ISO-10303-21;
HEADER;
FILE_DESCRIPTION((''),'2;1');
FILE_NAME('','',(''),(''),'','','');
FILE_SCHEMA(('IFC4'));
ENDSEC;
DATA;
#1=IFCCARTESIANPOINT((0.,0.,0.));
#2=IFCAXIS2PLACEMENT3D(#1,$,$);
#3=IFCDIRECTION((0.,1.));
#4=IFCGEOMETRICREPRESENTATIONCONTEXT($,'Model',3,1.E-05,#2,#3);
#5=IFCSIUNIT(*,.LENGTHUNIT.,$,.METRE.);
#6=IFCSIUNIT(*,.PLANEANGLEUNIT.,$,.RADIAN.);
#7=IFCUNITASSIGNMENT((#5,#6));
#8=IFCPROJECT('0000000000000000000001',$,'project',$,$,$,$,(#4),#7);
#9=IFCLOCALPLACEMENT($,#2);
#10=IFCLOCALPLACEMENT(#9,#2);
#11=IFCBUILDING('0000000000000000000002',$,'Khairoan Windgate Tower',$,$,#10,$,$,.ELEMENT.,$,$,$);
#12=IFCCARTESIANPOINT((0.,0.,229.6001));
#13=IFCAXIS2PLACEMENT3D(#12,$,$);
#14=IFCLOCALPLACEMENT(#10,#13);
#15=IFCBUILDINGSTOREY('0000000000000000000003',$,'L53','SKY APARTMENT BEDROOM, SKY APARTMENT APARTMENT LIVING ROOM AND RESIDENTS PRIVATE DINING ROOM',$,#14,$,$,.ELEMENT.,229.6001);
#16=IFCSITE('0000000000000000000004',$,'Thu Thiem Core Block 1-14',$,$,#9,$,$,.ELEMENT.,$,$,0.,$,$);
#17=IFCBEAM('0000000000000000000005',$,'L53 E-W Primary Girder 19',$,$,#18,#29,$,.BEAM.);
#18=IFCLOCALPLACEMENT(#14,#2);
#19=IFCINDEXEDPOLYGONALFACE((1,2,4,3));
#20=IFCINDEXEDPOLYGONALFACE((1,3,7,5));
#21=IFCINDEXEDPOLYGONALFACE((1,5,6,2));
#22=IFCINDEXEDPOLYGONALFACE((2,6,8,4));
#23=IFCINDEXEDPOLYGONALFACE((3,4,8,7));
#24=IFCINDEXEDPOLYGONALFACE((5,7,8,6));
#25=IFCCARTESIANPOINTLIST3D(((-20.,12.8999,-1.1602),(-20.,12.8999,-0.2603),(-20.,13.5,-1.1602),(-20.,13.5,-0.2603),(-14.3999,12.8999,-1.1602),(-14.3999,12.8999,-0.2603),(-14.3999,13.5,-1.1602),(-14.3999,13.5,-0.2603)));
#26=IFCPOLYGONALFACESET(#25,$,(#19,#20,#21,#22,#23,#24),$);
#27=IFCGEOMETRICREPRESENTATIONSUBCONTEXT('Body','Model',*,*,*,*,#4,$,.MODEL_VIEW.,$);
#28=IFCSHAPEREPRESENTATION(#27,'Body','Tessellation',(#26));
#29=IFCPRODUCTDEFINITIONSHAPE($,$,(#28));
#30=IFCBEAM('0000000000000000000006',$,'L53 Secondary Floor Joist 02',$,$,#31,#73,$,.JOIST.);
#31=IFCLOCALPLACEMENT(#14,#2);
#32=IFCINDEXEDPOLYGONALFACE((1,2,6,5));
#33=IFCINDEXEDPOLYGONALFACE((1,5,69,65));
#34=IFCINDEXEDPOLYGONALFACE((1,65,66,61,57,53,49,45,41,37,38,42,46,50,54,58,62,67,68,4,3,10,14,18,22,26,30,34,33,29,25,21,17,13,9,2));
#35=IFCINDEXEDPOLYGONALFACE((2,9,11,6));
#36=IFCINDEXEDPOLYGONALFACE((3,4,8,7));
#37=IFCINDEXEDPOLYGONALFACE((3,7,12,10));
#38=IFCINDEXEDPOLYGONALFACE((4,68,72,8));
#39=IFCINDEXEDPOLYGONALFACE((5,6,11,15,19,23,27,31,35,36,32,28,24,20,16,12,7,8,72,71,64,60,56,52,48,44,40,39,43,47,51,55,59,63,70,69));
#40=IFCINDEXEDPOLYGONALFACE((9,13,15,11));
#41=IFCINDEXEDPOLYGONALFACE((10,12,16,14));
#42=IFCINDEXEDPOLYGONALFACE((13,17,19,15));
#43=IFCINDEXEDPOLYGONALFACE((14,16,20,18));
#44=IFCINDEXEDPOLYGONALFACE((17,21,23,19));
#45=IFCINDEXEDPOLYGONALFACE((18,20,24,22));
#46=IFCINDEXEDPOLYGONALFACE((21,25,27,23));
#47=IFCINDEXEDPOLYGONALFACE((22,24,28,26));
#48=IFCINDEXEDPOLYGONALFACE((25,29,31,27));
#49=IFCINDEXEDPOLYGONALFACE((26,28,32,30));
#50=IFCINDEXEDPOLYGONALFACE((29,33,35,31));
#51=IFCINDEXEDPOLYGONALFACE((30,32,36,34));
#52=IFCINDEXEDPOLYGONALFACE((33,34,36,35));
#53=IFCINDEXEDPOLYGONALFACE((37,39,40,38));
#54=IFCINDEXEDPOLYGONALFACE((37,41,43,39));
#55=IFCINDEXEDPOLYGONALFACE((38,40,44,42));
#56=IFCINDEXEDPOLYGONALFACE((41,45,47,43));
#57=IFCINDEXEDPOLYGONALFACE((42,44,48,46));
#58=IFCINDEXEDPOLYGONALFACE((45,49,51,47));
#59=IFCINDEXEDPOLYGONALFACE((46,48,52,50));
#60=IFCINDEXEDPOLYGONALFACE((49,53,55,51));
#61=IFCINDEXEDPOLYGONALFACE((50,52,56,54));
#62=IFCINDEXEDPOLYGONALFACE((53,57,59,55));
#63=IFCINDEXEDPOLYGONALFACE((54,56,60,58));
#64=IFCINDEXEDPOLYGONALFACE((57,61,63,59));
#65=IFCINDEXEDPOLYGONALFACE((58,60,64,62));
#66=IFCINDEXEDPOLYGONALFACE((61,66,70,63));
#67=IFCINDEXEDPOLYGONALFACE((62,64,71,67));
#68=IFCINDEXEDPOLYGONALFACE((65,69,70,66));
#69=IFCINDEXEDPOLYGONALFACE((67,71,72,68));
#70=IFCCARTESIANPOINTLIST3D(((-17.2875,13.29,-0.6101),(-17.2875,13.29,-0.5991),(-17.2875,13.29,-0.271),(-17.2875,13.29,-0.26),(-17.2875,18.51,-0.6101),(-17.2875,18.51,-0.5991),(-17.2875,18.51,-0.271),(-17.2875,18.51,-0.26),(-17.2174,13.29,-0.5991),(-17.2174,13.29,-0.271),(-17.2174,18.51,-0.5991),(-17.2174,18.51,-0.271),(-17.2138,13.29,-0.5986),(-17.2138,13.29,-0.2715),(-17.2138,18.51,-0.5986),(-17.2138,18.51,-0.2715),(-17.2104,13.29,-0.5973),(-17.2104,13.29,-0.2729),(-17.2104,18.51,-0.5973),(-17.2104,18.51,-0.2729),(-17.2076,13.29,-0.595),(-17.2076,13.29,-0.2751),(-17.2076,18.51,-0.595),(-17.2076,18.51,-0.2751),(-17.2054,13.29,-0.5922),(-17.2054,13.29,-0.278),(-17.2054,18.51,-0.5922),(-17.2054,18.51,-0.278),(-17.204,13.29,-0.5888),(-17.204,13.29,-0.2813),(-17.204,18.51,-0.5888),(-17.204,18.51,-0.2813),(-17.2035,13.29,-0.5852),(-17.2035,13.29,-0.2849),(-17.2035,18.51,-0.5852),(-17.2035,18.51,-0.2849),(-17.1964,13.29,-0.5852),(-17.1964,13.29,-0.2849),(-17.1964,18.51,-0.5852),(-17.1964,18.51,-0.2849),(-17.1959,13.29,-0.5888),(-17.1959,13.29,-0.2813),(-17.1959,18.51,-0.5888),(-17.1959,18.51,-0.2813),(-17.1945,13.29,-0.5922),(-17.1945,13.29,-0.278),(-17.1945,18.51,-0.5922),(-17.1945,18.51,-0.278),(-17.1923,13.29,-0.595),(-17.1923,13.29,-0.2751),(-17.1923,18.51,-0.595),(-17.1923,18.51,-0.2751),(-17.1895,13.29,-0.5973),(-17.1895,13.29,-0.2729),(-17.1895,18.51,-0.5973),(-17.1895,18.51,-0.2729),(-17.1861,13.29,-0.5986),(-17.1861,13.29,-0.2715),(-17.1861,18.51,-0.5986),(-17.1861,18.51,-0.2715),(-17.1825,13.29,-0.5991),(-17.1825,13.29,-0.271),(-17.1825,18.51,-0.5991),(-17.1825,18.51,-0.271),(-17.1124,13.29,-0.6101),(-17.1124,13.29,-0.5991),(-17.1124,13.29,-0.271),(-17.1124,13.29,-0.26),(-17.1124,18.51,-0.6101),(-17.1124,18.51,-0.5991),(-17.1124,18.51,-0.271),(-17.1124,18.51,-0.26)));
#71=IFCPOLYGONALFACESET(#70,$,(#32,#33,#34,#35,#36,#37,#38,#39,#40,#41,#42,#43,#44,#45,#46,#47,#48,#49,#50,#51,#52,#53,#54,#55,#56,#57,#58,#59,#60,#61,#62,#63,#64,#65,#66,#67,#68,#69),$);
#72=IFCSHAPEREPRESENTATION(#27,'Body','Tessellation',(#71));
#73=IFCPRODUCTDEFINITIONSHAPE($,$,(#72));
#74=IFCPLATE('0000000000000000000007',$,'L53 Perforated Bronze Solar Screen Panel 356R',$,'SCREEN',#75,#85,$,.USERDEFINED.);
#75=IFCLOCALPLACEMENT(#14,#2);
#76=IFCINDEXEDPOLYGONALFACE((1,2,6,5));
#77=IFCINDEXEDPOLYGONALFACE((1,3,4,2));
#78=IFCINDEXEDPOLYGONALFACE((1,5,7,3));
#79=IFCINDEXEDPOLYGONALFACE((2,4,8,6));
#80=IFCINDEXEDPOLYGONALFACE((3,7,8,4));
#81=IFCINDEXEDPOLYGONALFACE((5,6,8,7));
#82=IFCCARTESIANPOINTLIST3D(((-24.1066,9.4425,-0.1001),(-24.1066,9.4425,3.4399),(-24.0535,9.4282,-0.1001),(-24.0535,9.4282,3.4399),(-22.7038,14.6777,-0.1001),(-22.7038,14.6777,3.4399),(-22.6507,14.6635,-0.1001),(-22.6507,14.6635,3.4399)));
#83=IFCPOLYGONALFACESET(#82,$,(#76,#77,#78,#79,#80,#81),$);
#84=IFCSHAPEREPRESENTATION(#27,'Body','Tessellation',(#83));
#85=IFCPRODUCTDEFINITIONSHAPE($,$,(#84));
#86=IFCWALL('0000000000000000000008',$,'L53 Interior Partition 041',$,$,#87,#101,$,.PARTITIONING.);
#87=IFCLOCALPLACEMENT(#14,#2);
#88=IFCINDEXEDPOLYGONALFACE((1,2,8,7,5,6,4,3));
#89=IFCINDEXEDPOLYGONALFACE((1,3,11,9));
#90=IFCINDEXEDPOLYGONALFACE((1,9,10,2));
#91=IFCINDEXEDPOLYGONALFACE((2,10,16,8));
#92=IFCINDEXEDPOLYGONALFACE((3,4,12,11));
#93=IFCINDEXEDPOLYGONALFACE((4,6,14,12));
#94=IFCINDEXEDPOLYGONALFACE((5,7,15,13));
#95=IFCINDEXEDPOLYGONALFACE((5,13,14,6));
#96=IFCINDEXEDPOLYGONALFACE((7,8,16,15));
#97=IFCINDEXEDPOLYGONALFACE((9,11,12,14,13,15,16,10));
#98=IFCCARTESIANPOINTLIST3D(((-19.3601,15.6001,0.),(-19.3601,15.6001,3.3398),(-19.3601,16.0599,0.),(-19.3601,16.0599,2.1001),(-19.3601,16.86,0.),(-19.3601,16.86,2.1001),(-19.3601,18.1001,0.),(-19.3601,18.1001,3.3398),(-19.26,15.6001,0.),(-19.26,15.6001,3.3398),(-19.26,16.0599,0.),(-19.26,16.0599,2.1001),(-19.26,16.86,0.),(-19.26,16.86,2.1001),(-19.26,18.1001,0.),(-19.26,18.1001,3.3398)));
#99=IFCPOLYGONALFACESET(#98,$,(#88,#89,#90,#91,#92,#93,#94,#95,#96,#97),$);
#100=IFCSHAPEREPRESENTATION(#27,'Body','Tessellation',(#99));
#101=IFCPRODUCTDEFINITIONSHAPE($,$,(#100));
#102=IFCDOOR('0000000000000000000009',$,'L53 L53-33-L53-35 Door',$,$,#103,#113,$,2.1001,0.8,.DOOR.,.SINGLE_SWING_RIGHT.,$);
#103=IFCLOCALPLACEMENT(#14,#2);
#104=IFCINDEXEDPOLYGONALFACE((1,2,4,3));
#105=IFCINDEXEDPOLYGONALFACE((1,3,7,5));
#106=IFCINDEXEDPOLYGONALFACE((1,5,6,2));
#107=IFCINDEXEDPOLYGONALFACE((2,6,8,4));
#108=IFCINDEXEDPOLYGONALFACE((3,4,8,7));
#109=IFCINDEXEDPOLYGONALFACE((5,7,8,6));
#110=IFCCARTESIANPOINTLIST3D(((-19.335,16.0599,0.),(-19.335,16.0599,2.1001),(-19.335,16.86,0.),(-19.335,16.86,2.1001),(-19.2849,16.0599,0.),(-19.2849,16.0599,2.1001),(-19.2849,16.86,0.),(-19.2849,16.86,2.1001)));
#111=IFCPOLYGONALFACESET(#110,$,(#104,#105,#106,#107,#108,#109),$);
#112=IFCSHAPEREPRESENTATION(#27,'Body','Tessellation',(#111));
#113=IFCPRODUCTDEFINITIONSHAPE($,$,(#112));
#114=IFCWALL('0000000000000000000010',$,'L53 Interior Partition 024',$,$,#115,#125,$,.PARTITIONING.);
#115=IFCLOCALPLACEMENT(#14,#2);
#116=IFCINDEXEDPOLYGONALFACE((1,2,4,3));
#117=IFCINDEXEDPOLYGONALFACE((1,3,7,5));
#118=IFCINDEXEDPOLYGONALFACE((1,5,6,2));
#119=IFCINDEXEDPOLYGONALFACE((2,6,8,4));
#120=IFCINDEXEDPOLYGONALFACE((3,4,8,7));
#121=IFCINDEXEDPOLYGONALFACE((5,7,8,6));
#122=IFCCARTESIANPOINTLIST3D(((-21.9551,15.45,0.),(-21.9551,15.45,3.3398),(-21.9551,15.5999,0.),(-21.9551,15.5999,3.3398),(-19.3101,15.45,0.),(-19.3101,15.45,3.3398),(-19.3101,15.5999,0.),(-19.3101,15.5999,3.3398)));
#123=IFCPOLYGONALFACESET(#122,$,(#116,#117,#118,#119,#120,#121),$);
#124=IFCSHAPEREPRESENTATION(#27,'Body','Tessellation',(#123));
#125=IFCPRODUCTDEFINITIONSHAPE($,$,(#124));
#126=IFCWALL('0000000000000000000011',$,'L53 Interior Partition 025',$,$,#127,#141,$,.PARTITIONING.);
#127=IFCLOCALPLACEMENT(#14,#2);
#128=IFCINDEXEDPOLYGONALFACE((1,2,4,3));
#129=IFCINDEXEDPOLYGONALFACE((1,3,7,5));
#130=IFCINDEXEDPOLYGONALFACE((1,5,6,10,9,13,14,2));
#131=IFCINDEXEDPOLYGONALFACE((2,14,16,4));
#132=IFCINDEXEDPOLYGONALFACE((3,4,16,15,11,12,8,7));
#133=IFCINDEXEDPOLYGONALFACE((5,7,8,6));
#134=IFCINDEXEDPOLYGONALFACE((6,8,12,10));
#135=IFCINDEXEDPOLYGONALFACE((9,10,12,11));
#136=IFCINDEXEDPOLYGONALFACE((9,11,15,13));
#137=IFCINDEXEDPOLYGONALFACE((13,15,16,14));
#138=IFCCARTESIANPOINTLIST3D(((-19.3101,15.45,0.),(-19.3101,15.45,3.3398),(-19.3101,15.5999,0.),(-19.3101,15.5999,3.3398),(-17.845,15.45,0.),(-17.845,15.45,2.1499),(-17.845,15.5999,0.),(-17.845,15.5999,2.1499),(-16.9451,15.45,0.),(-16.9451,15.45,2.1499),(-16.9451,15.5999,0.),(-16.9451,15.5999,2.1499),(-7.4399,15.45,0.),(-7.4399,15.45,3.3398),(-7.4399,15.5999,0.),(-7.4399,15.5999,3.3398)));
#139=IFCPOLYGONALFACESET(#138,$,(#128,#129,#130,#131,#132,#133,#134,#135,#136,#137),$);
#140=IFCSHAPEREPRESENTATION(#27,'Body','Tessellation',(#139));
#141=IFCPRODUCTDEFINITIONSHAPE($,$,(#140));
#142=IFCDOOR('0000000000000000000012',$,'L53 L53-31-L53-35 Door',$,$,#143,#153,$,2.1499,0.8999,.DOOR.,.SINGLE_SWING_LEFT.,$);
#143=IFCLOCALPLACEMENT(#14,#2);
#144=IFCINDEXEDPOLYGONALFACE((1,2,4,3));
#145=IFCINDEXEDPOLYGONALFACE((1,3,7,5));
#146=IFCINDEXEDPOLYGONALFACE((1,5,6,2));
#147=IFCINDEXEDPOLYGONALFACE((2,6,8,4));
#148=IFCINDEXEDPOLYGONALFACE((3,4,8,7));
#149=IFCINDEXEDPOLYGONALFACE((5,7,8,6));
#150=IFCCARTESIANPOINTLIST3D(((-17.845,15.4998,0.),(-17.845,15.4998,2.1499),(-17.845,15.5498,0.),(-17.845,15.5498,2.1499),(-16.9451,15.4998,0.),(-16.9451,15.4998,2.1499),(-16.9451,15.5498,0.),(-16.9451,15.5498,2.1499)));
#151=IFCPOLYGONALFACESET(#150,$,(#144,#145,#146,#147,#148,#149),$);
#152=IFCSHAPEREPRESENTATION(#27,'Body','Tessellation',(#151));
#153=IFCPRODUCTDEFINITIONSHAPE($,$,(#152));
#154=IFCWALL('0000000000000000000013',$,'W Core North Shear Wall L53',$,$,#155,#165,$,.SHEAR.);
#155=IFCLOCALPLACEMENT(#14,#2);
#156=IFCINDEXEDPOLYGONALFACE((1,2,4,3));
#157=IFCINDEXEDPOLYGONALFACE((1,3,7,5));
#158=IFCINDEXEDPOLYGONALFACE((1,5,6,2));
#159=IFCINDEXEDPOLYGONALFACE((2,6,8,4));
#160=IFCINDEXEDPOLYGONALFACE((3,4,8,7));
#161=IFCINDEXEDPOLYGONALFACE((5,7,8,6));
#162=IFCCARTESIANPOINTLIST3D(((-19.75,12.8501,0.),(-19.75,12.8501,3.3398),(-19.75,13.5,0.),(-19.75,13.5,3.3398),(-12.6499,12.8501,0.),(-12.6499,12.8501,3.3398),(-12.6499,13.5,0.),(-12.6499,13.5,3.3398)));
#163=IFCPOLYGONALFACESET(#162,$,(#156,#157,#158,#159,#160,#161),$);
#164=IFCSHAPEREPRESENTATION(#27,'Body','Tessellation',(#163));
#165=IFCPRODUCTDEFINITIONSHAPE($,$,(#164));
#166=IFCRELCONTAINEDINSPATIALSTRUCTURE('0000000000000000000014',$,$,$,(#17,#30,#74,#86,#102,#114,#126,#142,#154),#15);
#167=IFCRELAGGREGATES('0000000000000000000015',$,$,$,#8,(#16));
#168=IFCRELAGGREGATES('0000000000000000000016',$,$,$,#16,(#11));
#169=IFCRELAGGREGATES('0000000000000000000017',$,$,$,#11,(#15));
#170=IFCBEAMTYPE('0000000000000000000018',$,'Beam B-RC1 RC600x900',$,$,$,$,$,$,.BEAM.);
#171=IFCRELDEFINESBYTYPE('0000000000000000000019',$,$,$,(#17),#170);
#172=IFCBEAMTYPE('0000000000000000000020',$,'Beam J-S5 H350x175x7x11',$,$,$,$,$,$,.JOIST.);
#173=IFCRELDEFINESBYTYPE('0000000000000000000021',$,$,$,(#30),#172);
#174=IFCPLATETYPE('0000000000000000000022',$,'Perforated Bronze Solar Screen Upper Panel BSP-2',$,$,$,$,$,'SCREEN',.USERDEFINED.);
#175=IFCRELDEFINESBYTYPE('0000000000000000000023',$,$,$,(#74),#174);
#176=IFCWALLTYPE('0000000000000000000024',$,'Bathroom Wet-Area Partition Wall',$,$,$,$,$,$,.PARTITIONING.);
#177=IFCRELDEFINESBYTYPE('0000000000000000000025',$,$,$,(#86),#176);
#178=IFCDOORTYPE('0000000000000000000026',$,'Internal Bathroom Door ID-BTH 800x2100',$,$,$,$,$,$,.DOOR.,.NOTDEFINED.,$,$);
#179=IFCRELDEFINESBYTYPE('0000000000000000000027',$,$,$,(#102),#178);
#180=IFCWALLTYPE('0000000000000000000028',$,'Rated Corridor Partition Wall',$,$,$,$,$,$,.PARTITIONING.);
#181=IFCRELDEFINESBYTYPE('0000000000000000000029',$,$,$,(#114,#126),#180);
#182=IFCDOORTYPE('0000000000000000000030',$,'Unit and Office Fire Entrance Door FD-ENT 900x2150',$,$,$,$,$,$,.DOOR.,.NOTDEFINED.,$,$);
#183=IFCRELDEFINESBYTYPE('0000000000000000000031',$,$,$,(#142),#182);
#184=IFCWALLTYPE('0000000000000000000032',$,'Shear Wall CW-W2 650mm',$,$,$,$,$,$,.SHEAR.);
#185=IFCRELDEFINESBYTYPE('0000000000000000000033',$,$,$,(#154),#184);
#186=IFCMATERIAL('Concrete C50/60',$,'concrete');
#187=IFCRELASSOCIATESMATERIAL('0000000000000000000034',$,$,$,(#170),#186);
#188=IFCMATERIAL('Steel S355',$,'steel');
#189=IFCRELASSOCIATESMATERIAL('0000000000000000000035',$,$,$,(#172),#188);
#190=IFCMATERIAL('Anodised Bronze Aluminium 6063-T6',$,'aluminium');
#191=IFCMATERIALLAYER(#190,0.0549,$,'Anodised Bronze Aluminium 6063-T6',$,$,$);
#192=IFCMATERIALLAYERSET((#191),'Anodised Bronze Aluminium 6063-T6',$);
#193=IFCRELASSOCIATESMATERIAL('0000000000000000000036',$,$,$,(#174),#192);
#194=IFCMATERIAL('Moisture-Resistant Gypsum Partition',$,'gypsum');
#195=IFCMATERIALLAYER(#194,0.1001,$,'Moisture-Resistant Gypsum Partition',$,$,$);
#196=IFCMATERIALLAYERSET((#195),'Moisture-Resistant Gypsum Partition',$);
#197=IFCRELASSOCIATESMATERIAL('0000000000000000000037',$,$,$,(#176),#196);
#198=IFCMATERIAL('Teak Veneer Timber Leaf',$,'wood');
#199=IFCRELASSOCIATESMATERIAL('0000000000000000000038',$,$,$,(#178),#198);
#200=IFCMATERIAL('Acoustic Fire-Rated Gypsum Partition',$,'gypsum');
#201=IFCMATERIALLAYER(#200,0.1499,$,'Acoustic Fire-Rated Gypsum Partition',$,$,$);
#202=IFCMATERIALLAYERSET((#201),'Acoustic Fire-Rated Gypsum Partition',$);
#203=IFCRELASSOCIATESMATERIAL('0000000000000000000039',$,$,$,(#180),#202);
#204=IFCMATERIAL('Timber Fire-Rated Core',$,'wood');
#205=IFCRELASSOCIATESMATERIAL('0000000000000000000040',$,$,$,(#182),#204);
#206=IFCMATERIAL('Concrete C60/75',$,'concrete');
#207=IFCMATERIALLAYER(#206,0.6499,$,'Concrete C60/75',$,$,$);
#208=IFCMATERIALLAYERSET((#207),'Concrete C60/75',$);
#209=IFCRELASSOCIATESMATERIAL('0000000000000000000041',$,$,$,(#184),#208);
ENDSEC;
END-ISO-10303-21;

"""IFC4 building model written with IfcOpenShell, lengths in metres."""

from ifc_helpers import new_model, si_unit, direction, frame, frame_2d, origin, origin_2d, place, context, subcontext, project, spatial, rectangle, i_section, extrude, material, layer, layer_set, material_profile, profile_set, type_object, element, fill, save


model = new_model("IFC4")

# Units and contexts
model_context = context("Model", 3, precision=1e-05, world=origin(), true_north=direction((0.0, 1.0)))
body_context = subcontext(model_context, "Body", "Model", "MODEL_VIEW")
ifc_project = project(units=[si_unit("LENGTHUNIT", "METRE"), si_unit("PLANEANGLEUNIT", "RADIAN")], contexts=[model_context])

# Site, building, storey
site_placement = place(None, origin())
site = spatial("IfcSite", under=ifc_project, at=site_placement, Name="Thu Thiem Core Block 1-14", CompositionType="ELEMENT", RefElevation=0.0)
building_placement = place(site_placement, origin())
building = spatial("IfcBuilding", under=site, at=building_placement, Name="Khairoan Windgate Tower", CompositionType="ELEMENT")
storey_placement = place(building_placement, frame((0.0, 0.0, 229.6001)))
storey = spatial("IfcBuildingStorey", under=building, at=storey_placement, Name="L53", Description="SKY APARTMENT BEDROOM, SKY APARTMENT APARTMENT LIVING ROOM AND RESIDENTS PRIVATE DINING ROOM", CompositionType="ELEMENT", Elevation=229.6001)

# Beams
ifc_material_1 = material(Name="Concrete C50/60", Category="concrete")
ifc_material_profile_1 = material_profile(ifc_material_1, rectangle(XDim=0.6001, YDim=0.8999, at=origin_2d()))
ifc_profile_set_1 = profile_set([ifc_material_profile_1], Name="Concrete C50/60")
beam_type_1 = type_object("IfcBeamType", Name="Beam B-RC1 RC600x900", PredefinedType="BEAM", material=ifc_profile_set_1)
beam_1_placement = place(storey_placement, frame((-20.0, 13.2, -0.7102), z_axis=(1.0, 0.0, 0.0), x_axis=(0.0, 1.0, 0.0)))
element("IfcBeam", 1, at=beam_1_placement, inside=storey, type_object=beam_type_1, Name="L53 E-W Primary Girder 19", PredefinedType="BEAM", context=body_context, shape_type="SweptSolid", body=[
    extrude(rectangle(XDim=0.6001, YDim=0.8999, at=origin_2d()), origin(), (0.0, 0.0, 1.0), 5.6001),
])
ifc_material_2 = material(Name="Steel S355", Category="steel")
ifc_material_profile_2 = material_profile(ifc_material_2, i_section(OverallWidth=0.175, OverallDepth=0.3501, WebThickness=0.0071, FlangeThickness=0.011, FilletRadius=0.0139, at=origin_2d()))
ifc_profile_set_2 = profile_set([ifc_material_profile_2], Name="Steel S355")
beam_type_2 = type_object("IfcBeamType", Name="Beam J-S5 H350x175x7x11", PredefinedType="JOIST", material=ifc_profile_set_2)
beam_2_placement = place(storey_placement, frame((-17.2, 13.29, -0.4351), z_axis=(0.0, 1.0, 0.0), x_axis=(-1.0, 0.0, 0.0)))
element("IfcBeam", 2, at=beam_2_placement, inside=storey, type_object=beam_type_2, Name="L53 Secondary Floor Joist 02", PredefinedType="JOIST", context=body_context, shape_type="SweptSolid", body=[
    extrude(i_section(OverallWidth=0.175, OverallDepth=0.3501, WebThickness=0.0071, FlangeThickness=0.011, FilletRadius=0.0139, at=origin_2d()), origin(), (0.0, 0.0, 1.0), 5.22),
])

# Plate
ifc_material_3 = material(Name="Anodised Bronze Aluminium 6063-T6", Category="aluminium")
ifc_layer_1 = layer(ifc_material_3, 0.0549, Name="Anodised Bronze Aluminium 6063-T6")
ifc_layer_set_1 = layer_set([ifc_layer_1], Name="Anodised Bronze Aluminium 6063-T6")
plate_type = type_object("IfcPlateType", Name="Perforated Bronze Solar Screen Upper Panel BSP-2", ElementType="SCREEN", PredefinedType="USERDEFINED", material=ifc_layer_set_1)
plate_placement = place(storey_placement, frame((-23.3787, 12.053, -0.1001), z_axis=(0.0, 0.0, 1.0), x_axis=(0.258819, 0.965926, 0.0)))
element("IfcPlate", 3, at=plate_placement, inside=storey, type_object=plate_type, Name="L53 Perforated Bronze Solar Screen Panel 356R", ObjectType="SCREEN", PredefinedType="USERDEFINED", context=body_context, shape_type="SweptSolid", body=[
    extrude(rectangle(XDim=5.4199, YDim=0.0549, at=origin_2d()), origin(), (0.0, 0.0, 1.0), 3.54),
])

# Wall, opening, door
ifc_material_4 = material(Name="Moisture-Resistant Gypsum Partition", Category="gypsum")
ifc_layer_2 = layer(ifc_material_4, 0.1001, Name="Moisture-Resistant Gypsum Partition")
ifc_layer_set_2 = layer_set([ifc_layer_2], Name="Moisture-Resistant Gypsum Partition")
wall_type_1 = type_object("IfcWallType", Name="Bathroom Wet-Area Partition Wall", PredefinedType="PARTITIONING", material=ifc_layer_set_2)
wall_1_placement = place(storey_placement, frame((-19.3101, 15.6001, 0.0), z_axis=(0.0, 0.0, 1.0), x_axis=(0.0, 1.0, 0.0)))
wall_1 = element("IfcWall", 4, at=wall_1_placement, inside=storey, type_object=wall_type_1, Name="L53 Interior Partition 041", PredefinedType="PARTITIONING", context=body_context, shape_type="SweptSolid", body=[
    extrude(rectangle(XDim=2.5, YDim=0.1001, at=frame_2d((1.25, 0.0))), origin(), (0.0, 0.0, 1.0), 3.3398),
])
opening_1_placement = place(wall_1_placement, frame((0.46, 0.0, 0.0)))
opening_1 = element("IfcOpeningElement", 5, at=opening_1_placement, cuts=wall_1, PredefinedType="OPENING", context=body_context, shape_type="SweptSolid", body=[
    extrude(rectangle(XDim=0.8, YDim=2.1001, at=frame_2d((0.3999, 1.05))), frame((0.0, 0.0601, 0.0), z_axis=(0.0, -1.0, 0.0), x_axis=(1.0, 0.0, 0.0)), (0.0, 0.0, 1.0), 0.1201),
])
ifc_material_5 = material(Name="Teak Veneer Timber Leaf", Category="wood")
door_type_1 = type_object("IfcDoorType", Name="Internal Bathroom Door ID-BTH 800x2100", OperationType="NOTDEFINED", PredefinedType="DOOR", material=ifc_material_5)
door_1_placement = place(opening_1_placement, origin())
door_1 = element("IfcDoor", 6, at=door_1_placement, inside=storey, type_object=door_type_1, Name="L53 L53-33-L53-35 Door", OperationType="SINGLE_SWING_RIGHT", OverallHeight=2.1001, OverallWidth=0.8, PredefinedType="DOOR", context=body_context, shape_type="SweptSolid", body=[
    extrude(rectangle(XDim=0.8, YDim=2.1001, at=frame_2d((0.3999, 1.05))), frame((0.0, 0.0249, 0.0), z_axis=(0.0, -1.0, 0.0), x_axis=(1.0, 0.0, 0.0)), (0.0, 0.0, 1.0), 0.05),
])
fill(opening_1, door_1)

# Wall
ifc_material_6 = material(Name="Acoustic Fire-Rated Gypsum Partition", Category="gypsum")
ifc_layer_3 = layer(ifc_material_6, 0.1499, Name="Acoustic Fire-Rated Gypsum Partition")
ifc_layer_set_3 = layer_set([ifc_layer_3], Name="Acoustic Fire-Rated Gypsum Partition")
wall_type_2 = type_object("IfcWallType", Name="Rated Corridor Partition Wall", PredefinedType="PARTITIONING", material=ifc_layer_set_3)
wall_2_placement = place(storey_placement, frame((-21.9551, 15.5249, 0.0), z_axis=(0.0, 0.0, 1.0), x_axis=(1.0, 0.0, 0.0)))
element("IfcWall", 7, at=wall_2_placement, inside=storey, type_object=wall_type_2, Name="L53 Interior Partition 024", PredefinedType="PARTITIONING", context=body_context, shape_type="SweptSolid", body=[
    extrude(rectangle(XDim=2.645, YDim=0.1499, at=frame_2d((1.3225, 0.0))), origin(), (0.0, 0.0, 1.0), 3.3398),
])

# Wall, opening, door
wall_3_placement = place(storey_placement, frame((-19.3101, 15.5249, 0.0), z_axis=(0.0, 0.0, 1.0), x_axis=(1.0, 0.0, 0.0)))
wall_3 = element("IfcWall", 8, at=wall_3_placement, inside=storey, type_object=wall_type_2, Name="L53 Interior Partition 025", PredefinedType="PARTITIONING", context=body_context, shape_type="SweptSolid", body=[
    extrude(rectangle(XDim=11.8701, YDim=0.1499, at=frame_2d((5.9351, 0.0))), origin(), (0.0, 0.0, 1.0), 3.3398),
])
opening_2_placement = place(wall_3_placement, frame((1.4651, 0.0, 0.0)))
opening_2 = element("IfcOpeningElement", 9, at=opening_2_placement, cuts=wall_3, PredefinedType="OPENING", context=body_context, shape_type="SweptSolid", body=[
    extrude(rectangle(XDim=0.8999, YDim=2.1499, at=frame_2d((0.45, 1.075))), frame((0.0, 0.085, 0.0), z_axis=(0.0, -1.0, 0.0), x_axis=(1.0, 0.0, 0.0)), (0.0, 0.0, 1.0), 0.1699),
])
ifc_material_7 = material(Name="Timber Fire-Rated Core", Category="wood")
door_type_2 = type_object("IfcDoorType", Name="Unit and Office Fire Entrance Door FD-ENT 900x2150", OperationType="NOTDEFINED", PredefinedType="DOOR", material=ifc_material_7)
door_2_placement = place(opening_2_placement, origin())
door_2 = element("IfcDoor", 10, at=door_2_placement, inside=storey, type_object=door_type_2, Name="L53 L53-31-L53-35 Door", OperationType="SINGLE_SWING_LEFT", OverallHeight=2.1499, OverallWidth=0.8999, PredefinedType="DOOR", context=body_context, shape_type="SweptSolid", body=[
    extrude(rectangle(XDim=0.8999, YDim=2.1499, at=frame_2d((0.45, 1.075))), frame((0.0, 0.0249, 0.0), z_axis=(0.0, -1.0, 0.0), x_axis=(1.0, 0.0, 0.0)), (0.0, 0.0, 1.0), 0.05),
])
fill(opening_2, door_2)

# Wall
ifc_material_8 = material(Name="Concrete C60/75", Category="concrete")
ifc_layer_4 = layer(ifc_material_8, 0.6499, Name="Concrete C60/75")
ifc_layer_set_4 = layer_set([ifc_layer_4], Name="Concrete C60/75")
wall_type_3 = type_object("IfcWallType", Name="Shear Wall CW-W2 650mm", PredefinedType="SHEAR", material=ifc_layer_set_4)
wall_4_placement = place(storey_placement, frame((-19.75, 13.175, 0.0), z_axis=(0.0, 0.0, 1.0), x_axis=(1.0, 0.0, 0.0)))
element("IfcWall", 11, at=wall_4_placement, inside=storey, type_object=wall_type_3, Name="W Core North Shear Wall L53", PredefinedType="SHEAR", context=body_context, shape_type="SweptSolid", body=[
    extrude(rectangle(XDim=7.1001, YDim=0.6499, at=frame_2d((3.55, 0.0))), origin(), (0.0, 0.0, 1.0), 3.3398),
])

save(model, "model.ifc")
